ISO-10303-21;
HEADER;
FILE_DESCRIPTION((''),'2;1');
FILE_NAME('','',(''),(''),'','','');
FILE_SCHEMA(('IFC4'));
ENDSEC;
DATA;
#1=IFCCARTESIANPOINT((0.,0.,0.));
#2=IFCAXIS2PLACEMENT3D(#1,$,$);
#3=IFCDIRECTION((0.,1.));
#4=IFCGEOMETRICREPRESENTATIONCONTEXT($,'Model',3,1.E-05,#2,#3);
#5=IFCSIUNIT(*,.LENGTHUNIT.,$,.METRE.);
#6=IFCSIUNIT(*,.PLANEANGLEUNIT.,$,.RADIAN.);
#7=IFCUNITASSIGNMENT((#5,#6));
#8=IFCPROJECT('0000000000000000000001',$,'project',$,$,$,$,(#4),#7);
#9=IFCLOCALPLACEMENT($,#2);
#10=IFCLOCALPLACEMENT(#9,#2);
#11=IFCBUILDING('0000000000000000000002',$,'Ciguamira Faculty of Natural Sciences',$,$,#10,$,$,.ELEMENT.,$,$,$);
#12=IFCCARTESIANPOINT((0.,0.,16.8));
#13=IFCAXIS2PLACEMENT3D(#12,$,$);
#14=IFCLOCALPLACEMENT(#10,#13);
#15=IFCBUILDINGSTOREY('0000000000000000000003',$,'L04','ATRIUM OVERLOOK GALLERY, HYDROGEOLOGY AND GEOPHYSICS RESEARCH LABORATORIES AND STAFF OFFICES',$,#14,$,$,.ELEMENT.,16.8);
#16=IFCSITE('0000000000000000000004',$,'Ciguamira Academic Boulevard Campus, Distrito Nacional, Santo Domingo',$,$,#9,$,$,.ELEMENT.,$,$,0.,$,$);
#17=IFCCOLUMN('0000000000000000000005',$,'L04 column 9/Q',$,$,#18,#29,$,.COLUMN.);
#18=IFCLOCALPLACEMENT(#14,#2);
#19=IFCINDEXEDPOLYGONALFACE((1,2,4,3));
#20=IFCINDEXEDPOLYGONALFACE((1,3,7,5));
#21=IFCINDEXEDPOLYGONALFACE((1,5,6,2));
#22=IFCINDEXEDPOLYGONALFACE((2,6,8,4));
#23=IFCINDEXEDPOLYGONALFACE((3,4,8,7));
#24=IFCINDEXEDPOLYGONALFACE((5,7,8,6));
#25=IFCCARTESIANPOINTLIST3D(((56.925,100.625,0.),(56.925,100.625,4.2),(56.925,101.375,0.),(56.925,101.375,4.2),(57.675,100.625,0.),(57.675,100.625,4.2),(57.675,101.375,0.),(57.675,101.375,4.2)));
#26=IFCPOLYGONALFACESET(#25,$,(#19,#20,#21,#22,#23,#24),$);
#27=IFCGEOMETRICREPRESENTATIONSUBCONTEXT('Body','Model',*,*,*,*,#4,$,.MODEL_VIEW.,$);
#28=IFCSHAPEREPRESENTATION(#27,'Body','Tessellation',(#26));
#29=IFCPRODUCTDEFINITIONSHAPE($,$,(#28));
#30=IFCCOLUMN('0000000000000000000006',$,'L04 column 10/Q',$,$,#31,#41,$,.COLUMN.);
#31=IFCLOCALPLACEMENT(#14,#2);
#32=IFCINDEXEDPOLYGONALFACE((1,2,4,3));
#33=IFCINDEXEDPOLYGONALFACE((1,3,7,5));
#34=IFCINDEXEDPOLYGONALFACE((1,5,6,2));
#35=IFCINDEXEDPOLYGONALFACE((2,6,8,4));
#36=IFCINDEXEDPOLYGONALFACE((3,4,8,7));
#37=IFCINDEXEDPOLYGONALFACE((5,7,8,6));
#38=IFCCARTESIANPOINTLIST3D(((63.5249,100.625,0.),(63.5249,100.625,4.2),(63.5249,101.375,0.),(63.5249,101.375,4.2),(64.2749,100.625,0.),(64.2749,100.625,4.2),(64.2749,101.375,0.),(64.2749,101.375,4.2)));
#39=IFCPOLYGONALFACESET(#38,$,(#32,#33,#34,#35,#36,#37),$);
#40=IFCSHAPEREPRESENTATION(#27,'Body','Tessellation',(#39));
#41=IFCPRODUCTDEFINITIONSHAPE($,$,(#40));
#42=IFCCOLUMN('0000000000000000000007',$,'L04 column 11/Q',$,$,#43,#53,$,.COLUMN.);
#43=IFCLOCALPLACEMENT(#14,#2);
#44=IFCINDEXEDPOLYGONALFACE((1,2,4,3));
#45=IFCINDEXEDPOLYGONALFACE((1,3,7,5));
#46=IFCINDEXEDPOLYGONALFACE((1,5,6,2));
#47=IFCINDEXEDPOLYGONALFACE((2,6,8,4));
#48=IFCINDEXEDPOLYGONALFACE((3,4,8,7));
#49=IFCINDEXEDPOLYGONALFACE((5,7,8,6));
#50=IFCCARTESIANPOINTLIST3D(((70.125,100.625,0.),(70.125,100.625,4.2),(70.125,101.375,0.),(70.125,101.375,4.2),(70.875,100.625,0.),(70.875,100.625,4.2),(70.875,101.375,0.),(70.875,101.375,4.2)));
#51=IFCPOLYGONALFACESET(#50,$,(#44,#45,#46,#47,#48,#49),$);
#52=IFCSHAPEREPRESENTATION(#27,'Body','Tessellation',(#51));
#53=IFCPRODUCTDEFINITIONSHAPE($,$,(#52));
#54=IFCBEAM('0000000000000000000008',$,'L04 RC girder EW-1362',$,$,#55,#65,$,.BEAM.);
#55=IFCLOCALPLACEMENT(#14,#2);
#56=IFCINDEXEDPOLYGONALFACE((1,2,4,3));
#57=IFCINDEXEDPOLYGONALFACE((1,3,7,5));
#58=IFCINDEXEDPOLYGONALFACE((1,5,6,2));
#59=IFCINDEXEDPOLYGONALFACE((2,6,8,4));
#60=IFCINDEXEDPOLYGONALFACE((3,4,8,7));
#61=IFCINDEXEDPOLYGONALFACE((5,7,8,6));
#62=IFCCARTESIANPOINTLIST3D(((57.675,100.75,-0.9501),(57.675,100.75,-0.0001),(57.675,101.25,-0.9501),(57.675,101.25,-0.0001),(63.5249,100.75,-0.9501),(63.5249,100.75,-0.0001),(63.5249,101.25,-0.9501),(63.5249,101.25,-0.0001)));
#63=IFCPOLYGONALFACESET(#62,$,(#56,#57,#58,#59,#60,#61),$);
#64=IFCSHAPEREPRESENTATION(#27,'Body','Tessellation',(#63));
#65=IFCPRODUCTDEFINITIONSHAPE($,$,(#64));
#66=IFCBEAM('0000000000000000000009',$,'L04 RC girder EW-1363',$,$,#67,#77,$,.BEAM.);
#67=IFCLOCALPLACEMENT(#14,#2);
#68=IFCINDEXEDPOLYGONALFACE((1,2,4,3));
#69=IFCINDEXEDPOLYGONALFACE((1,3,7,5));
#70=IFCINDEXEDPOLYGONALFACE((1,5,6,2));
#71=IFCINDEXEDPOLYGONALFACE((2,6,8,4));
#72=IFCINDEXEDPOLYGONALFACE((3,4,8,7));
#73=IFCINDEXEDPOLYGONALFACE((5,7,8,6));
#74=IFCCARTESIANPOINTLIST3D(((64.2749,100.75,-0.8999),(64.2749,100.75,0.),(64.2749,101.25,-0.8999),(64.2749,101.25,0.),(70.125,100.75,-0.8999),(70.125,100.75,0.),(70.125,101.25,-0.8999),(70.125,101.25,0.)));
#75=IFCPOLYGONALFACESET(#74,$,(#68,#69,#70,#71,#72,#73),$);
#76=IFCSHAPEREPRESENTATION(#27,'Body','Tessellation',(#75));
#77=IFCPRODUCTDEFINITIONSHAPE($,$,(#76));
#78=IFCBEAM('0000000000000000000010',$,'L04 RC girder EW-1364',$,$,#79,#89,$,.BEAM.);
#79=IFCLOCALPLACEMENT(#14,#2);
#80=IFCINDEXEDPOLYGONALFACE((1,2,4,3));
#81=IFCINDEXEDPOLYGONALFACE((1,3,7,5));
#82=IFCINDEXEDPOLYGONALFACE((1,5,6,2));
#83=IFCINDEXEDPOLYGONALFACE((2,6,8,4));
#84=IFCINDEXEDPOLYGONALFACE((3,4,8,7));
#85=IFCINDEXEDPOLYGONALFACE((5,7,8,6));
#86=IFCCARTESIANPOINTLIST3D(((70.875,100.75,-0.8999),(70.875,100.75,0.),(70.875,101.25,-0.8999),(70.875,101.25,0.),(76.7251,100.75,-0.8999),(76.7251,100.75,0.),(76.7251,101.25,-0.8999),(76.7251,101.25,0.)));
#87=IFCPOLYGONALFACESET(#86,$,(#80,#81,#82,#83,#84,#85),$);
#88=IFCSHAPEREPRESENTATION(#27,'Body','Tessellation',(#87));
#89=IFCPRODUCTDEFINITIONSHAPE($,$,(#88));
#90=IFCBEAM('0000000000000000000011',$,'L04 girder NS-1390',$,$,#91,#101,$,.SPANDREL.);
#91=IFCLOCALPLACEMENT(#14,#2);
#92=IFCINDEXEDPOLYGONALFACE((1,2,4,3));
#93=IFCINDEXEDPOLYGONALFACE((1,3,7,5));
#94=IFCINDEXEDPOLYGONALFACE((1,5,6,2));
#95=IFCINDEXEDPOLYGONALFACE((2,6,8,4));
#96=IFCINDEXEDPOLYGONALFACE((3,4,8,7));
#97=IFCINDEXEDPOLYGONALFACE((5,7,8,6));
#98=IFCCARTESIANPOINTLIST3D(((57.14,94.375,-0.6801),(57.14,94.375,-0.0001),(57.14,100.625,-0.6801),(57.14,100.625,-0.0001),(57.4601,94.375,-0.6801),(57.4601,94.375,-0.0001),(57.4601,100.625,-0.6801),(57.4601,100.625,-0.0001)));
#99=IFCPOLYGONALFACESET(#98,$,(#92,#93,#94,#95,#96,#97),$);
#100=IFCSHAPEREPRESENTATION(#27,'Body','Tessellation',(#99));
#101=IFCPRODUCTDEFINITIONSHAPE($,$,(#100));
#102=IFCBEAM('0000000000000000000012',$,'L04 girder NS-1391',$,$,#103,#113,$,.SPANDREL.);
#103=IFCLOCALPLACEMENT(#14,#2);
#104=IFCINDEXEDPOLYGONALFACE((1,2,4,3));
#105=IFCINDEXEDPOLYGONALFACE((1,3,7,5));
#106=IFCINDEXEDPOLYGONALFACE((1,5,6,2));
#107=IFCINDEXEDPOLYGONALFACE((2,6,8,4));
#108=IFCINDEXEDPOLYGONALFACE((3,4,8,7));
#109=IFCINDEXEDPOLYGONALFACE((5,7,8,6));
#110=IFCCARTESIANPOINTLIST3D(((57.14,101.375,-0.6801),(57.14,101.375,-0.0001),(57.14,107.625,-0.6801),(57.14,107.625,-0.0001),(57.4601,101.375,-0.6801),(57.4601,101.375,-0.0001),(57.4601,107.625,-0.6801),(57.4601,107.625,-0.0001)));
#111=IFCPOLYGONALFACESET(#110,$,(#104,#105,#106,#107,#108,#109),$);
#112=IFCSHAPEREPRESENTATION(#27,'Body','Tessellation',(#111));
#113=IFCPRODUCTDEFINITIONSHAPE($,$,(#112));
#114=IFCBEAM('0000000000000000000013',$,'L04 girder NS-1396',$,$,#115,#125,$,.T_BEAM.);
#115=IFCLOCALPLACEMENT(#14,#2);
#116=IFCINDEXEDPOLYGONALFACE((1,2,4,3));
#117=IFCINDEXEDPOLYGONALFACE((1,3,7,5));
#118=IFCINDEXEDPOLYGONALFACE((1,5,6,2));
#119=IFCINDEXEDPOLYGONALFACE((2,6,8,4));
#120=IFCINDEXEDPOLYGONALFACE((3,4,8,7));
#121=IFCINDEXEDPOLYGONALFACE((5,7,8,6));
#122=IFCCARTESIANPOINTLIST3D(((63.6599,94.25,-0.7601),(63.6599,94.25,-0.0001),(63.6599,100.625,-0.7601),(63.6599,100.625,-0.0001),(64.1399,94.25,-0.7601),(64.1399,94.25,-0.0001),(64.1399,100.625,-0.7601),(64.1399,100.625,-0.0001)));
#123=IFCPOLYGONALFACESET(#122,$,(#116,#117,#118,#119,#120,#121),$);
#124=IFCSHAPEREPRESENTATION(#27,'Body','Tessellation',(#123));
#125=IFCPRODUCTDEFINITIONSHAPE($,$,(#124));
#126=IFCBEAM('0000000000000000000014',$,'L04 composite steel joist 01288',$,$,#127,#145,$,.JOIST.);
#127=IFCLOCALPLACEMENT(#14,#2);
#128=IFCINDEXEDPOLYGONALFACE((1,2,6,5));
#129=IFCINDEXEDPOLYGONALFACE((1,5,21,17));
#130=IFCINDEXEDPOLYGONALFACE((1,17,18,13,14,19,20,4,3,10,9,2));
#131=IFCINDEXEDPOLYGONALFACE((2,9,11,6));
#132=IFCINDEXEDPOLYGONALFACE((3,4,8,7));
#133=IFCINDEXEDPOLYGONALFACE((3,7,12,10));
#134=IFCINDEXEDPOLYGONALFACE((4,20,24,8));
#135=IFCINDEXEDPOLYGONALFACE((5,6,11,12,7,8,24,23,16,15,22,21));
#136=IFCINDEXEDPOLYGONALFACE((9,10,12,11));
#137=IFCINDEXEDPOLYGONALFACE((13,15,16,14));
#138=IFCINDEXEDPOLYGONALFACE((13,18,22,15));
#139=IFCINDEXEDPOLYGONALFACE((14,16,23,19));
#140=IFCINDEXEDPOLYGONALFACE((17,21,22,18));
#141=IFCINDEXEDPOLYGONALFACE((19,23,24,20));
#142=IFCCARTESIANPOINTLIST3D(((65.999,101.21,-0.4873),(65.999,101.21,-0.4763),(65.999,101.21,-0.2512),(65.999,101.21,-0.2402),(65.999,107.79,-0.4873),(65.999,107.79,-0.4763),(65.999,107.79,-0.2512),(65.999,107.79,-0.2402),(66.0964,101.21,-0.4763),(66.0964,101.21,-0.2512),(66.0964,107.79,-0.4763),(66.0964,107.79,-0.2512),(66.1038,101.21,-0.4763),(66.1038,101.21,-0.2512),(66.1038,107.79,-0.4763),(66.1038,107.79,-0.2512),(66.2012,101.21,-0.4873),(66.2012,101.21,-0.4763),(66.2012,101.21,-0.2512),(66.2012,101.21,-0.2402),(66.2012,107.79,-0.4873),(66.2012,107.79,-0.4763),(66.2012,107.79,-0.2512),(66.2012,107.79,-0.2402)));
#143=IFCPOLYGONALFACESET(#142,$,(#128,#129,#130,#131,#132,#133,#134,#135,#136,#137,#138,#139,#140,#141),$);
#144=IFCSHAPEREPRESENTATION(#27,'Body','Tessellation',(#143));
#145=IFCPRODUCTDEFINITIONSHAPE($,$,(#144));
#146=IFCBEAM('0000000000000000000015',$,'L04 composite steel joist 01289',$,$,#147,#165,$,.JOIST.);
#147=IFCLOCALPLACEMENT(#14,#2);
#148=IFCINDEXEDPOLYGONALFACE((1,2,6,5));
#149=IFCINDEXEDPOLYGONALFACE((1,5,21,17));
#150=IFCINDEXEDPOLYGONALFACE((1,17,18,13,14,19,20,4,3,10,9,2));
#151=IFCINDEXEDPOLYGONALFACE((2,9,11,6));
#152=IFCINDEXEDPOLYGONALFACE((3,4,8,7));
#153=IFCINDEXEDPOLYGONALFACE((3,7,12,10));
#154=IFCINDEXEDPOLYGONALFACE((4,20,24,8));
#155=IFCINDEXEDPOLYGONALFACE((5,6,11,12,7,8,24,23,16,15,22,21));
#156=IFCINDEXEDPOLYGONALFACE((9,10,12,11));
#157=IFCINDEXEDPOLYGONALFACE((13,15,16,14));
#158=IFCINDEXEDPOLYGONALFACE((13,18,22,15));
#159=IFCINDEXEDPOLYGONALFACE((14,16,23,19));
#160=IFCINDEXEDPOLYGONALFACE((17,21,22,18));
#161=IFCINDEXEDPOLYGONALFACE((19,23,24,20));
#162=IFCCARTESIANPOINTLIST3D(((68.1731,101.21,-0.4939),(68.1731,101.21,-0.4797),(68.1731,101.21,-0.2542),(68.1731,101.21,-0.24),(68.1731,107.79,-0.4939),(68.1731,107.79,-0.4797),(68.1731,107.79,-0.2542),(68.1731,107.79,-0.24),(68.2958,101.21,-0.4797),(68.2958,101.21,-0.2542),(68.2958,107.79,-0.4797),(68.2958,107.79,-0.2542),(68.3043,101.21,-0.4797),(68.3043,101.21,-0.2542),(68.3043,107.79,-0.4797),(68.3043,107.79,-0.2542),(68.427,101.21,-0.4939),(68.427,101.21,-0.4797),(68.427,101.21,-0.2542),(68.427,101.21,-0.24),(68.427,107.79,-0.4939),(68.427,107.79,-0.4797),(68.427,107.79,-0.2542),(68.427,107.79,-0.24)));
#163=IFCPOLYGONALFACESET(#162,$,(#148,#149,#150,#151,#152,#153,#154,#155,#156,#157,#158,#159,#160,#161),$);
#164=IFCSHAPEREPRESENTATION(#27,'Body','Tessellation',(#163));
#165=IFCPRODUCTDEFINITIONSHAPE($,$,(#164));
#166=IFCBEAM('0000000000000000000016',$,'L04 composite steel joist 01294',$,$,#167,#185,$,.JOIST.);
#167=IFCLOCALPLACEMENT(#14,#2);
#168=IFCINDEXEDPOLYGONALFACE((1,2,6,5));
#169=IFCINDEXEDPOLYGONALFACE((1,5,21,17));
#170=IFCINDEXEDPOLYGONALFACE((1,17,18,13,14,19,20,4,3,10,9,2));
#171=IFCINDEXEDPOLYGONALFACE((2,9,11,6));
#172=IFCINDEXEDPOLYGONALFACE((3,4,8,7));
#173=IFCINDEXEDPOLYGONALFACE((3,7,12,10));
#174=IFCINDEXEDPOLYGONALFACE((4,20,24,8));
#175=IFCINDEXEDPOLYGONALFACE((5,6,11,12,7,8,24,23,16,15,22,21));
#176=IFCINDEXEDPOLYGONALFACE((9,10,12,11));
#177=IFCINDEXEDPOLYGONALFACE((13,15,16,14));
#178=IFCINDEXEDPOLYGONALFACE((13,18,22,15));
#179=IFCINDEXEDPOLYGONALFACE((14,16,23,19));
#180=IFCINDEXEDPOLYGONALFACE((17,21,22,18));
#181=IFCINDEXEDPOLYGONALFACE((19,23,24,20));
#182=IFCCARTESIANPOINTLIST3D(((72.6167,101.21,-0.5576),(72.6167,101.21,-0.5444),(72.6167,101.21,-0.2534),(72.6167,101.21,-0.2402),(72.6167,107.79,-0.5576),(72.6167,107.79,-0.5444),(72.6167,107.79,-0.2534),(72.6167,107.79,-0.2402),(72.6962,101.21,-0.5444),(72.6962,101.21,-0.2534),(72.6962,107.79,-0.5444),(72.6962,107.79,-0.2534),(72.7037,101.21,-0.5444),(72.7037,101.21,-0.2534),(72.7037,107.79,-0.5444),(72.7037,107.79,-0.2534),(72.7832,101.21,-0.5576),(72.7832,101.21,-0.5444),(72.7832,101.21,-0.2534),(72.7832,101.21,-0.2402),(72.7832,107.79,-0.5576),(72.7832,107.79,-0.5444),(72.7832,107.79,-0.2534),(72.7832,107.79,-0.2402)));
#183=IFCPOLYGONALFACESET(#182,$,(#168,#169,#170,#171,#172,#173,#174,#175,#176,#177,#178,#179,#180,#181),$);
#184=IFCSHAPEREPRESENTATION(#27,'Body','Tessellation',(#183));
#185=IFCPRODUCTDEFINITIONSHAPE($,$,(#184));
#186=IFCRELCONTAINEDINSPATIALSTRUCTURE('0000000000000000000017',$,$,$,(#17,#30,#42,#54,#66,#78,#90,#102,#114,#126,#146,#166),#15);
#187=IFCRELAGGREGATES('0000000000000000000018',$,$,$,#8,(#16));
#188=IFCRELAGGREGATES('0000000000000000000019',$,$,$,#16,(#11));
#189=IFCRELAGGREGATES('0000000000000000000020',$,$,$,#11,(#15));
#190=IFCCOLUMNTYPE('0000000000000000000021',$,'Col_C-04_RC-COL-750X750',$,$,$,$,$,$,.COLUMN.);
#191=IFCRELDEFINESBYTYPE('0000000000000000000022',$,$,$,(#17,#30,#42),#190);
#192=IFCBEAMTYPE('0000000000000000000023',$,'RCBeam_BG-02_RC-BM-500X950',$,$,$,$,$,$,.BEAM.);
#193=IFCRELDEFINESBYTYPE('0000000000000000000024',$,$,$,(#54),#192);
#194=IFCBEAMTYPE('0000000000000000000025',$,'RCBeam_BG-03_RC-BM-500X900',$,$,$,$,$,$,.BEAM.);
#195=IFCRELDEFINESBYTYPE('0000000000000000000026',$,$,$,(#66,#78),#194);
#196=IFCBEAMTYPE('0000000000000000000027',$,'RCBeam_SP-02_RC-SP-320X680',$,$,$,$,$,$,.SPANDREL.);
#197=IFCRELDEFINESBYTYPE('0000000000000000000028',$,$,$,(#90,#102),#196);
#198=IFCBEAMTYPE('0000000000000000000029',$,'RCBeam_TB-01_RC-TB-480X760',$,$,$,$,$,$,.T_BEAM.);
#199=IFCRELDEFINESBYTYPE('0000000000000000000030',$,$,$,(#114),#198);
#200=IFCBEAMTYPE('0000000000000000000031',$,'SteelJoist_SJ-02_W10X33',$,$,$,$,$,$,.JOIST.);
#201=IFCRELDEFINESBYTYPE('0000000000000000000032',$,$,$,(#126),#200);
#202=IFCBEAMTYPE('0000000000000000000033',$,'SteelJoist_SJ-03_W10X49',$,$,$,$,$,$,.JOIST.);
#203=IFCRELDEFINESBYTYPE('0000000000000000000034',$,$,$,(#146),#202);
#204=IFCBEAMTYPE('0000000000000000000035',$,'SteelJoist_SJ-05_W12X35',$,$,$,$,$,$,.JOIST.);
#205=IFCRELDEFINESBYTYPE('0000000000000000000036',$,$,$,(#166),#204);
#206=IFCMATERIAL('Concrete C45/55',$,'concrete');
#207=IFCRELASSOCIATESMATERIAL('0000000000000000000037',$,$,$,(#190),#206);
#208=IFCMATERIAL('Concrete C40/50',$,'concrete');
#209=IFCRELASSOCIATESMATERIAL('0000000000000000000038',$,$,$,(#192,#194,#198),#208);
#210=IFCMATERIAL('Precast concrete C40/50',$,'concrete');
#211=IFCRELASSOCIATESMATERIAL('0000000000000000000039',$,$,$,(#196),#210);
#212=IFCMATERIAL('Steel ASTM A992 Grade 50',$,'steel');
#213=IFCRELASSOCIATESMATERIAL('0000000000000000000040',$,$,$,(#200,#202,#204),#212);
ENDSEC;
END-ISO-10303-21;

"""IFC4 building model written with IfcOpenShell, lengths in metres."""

from ifc_helpers import new_model, si_unit, direction, frame, origin, origin_2d, place, context, subcontext, project, spatial, rectangle, i_section, extrude, material, material_profile, profile_set, type_object, element, save


model = new_model("IFC4")

# Units and contexts
model_context = context("Model", 3, precision=1e-05, world=origin(), true_north=direction((0.0, 1.0)))
body_context = subcontext(model_context, "Body", "Model", "MODEL_VIEW")
ifc_project = project(units=[si_unit("LENGTHUNIT", "METRE"), si_unit("PLANEANGLEUNIT", "RADIAN")], contexts=[model_context])

# Site, building, storey
site_placement = place(None, origin())
site = spatial("IfcSite", under=ifc_project, at=site_placement, Name="Ciguamira Academic Boulevard Campus, Distrito Nacional, Santo Domingo", CompositionType="ELEMENT", RefElevation=0.0)
building_placement = place(site_placement, origin())
building = spatial("IfcBuilding", under=site, at=building_placement, Name="Ciguamira Faculty of Natural Sciences", CompositionType="ELEMENT")
storey_placement = place(building_placement, frame((0.0, 0.0, 16.8)))
storey = spatial("IfcBuildingStorey", under=building, at=storey_placement, Name="L04", Description="ATRIUM OVERLOOK GALLERY, HYDROGEOLOGY AND GEOPHYSICS RESEARCH LABORATORIES AND STAFF OFFICES", CompositionType="ELEMENT", Elevation=16.8)

# Columns
ifc_material_1 = material(Name="Concrete C45/55", Category="concrete")
ifc_material_profile_1 = material_profile(ifc_material_1, rectangle(XDim=0.75, YDim=0.75, at=origin_2d()), Name="RC-COL-750X750")
ifc_profile_set_1 = profile_set([ifc_material_profile_1], Name="Concrete C45/55")
column_type = type_object("IfcColumnType", Name="Col_C-04_RC-COL-750X750", PredefinedType="COLUMN", material=ifc_profile_set_1)
for number, where, z_axis, x_axis, name in (
    (1, (57.3, 101.0, 0.0), (0.0, 0.0, 1.0), (1.0, 0.0, 0.0), "L04 column 9/Q"),
    (2, (63.8999, 101.0, 0.0), (0.0, 0.0, 1.0), (1.0, 0.0, 0.0), "L04 column 10/Q"),
    (3, (70.5, 101.0, 0.0), (0.0, 0.0, 1.0), (1.0, 0.0, 0.0), "L04 column 11/Q"),
):
    element("IfcColumn", number, at=place(storey_placement, frame(where, z_axis=z_axis, x_axis=x_axis)), inside=storey, type_object=column_type, Name=name, PredefinedType="COLUMN", context=body_context, shape_type="SweptSolid", body=[
        extrude(rectangle(XDim=0.75, YDim=0.75, at=origin_2d()), origin(), (0.0, 0.0, 1.0), 4.2),
    ])

# Beams
ifc_material_2 = material(Name="Concrete C40/50", Category="concrete")
ifc_material_profile_2 = material_profile(ifc_material_2, rectangle(XDim=0.5, YDim=0.95, at=origin_2d()), Name="RC-BM-500X950")
ifc_profile_set_2 = profile_set([ifc_material_profile_2], Name="Concrete C40/50")
beam_type_1 = type_object("IfcBeamType", Name="RCBeam_BG-02_RC-BM-500X950", PredefinedType="BEAM", material=ifc_profile_set_2)
beam_1_placement = place(storey_placement, frame((57.675, 101.0, -0.4751), z_axis=(1.0, 0.0, 0.0), x_axis=(0.0, 1.0, 0.0)))
element("IfcBeam", 4, at=beam_1_placement, inside=storey, type_object=beam_type_1, Name="L04 RC girder EW-1362", PredefinedType="BEAM", context=body_context, shape_type="SweptSolid", body=[
    extrude(rectangle(XDim=0.5, YDim=0.95, at=origin_2d()), origin(), (0.0, 0.0, 1.0), 5.8499),
])
ifc_material_profile_3 = material_profile(ifc_material_2, rectangle(XDim=0.5, YDim=0.8999, at=origin_2d()), Name="RC-BM-500X900")
ifc_profile_set_3 = profile_set([ifc_material_profile_3], Name="Concrete C40/50")
beam_type_2 = type_object("IfcBeamType", Name="RCBeam_BG-03_RC-BM-500X900", PredefinedType="BEAM", material=ifc_profile_set_3)
for number, where, z_axis, x_axis, name in (
    (5, (64.2749, 101.0, -0.45), (1.0, 0.0, 0.0), (0.0, 1.0, 0.0), "L04 RC girder EW-1363"),
    (6, (70.875, 101.0, -0.45), (1.0, 0.0, 0.0), (0.0, 1.0, 0.0), "L04 RC girder EW-1364"),
):
    element("IfcBeam", number, at=place(storey_placement, frame(where, z_axis=z_axis, x_axis=x_axis)), inside=storey, type_object=beam_type_2, Name=name, PredefinedType="BEAM", context=body_context, shape_type="SweptSolid", body=[
        extrude(rectangle(XDim=0.5, YDim=0.8999, at=origin_2d()), origin(), (0.0, 0.0, 1.0), 5.8501),
    ])
ifc_material_3 = material(Name="Precast concrete C40/50", Category="concrete")
ifc_material_profile_4 = material_profile(ifc_material_3, rectangle(XDim=0.3201, YDim=0.6799, at=origin_2d()), Name="RC-SP-320X680")
ifc_profile_set_4 = profile_set([ifc_material_profile_4], Name="Precast concrete C40/50")
beam_type_3 = type_object("IfcBeamType", Name="RCBeam_SP-02_RC-SP-320X680", PredefinedType="SPANDREL", material=ifc_profile_set_4)
for number, where, z_axis, x_axis, name in (
    (7, (57.3, 94.375, -0.3401), (0.0, 1.0, 0.0), (-1.0, 0.0, 0.0), "L04 girder NS-1390"),
    (8, (57.3, 101.375, -0.3401), (0.0, 1.0, 0.0), (-1.0, 0.0, 0.0), "L04 girder NS-1391"),
):
    element("IfcBeam", number, at=place(storey_placement, frame(where, z_axis=z_axis, x_axis=x_axis)), inside=storey, type_object=beam_type_3, Name=name, PredefinedType="SPANDREL", context=body_context, shape_type="SweptSolid", body=[
        extrude(rectangle(XDim=0.3201, YDim=0.6799, at=origin_2d()), origin(), (0.0, 0.0, 1.0), 6.25),
    ])
ifc_material_profile_5 = material_profile(ifc_material_2, rectangle(XDim=0.48, YDim=0.76, at=origin_2d()), Name="RC-TB-480X760")
ifc_profile_set_5 = profile_set([ifc_material_profile_5], Name="Concrete C40/50")
beam_type_4 = type_object("IfcBeamType", Name="RCBeam_TB-01_RC-TB-480X760", PredefinedType="T_BEAM", material=ifc_profile_set_5)
beam_2_placement = place(storey_placement, frame((63.8999, 94.25, -0.3801), z_axis=(0.0, 1.0, 0.0), x_axis=(-1.0, 0.0, 0.0)))
element("IfcBeam", 9, at=beam_2_placement, inside=storey, type_object=beam_type_4, Name="L04 girder NS-1396", PredefinedType="T_BEAM", context=body_context, shape_type="SweptSolid", body=[
    extrude(rectangle(XDim=0.48, YDim=0.76, at=origin_2d()), origin(), (0.0, 0.0, 1.0), 6.375),
])
ifc_material_4 = material(Name="Steel ASTM A992 Grade 50", Category="steel")
ifc_material_profile_6 = material_profile(ifc_material_4, i_section(OverallWidth=0.2021, OverallDepth=0.2471, WebThickness=0.0073, FlangeThickness=0.011, at=origin_2d()), Name="W10X33")
ifc_profile_set_6 = profile_set([ifc_material_profile_6], Name="Steel ASTM A992 Grade 50")
beam_type_5 = type_object("IfcBeamType", Name="SteelJoist_SJ-02_W10X33", PredefinedType="JOIST", material=ifc_profile_set_6)
beam_3_placement = place(storey_placement, frame((66.1001, 101.21, -0.3638), z_axis=(0.0, 1.0, 0.0), x_axis=(-1.0, 0.0, 0.0)))
element("IfcBeam", 10, at=beam_3_placement, inside=storey, type_object=beam_type_5, Name="L04 composite steel joist 01288", PredefinedType="JOIST", context=body_context, shape_type="SweptSolid", body=[
    extrude(i_section(OverallWidth=0.2021, OverallDepth=0.2471, WebThickness=0.0073, FlangeThickness=0.011, at=origin_2d()), origin(), (0.0, 0.0, 1.0), 6.5801),
])
ifc_material_profile_7 = material_profile(ifc_material_4, i_section(OverallWidth=0.2539, OverallDepth=0.2539, WebThickness=0.0085, FlangeThickness=0.0142, at=origin_2d()), Name="W10X49")
ifc_profile_set_7 = profile_set([ifc_material_profile_7], Name="Steel ASTM A992 Grade 50")
beam_type_6 = type_object("IfcBeamType", Name="SteelJoist_SJ-03_W10X49", PredefinedType="JOIST", material=ifc_profile_set_7)
beam_4_placement = place(storey_placement, frame((68.3, 101.21, -0.3669), z_axis=(0.0, 1.0, 0.0), x_axis=(-1.0, 0.0, 0.0)))
element("IfcBeam", 11, at=beam_4_placement, inside=storey, type_object=beam_type_6, Name="L04 composite steel joist 01289", PredefinedType="JOIST", context=body_context, shape_type="SweptSolid", body=[
    extrude(i_section(OverallWidth=0.2539, OverallDepth=0.2539, WebThickness=0.0085, FlangeThickness=0.0142, at=origin_2d()), origin(), (0.0, 0.0, 1.0), 6.5801),
])
ifc_material_profile_8 = material_profile(ifc_material_4, i_section(OverallWidth=0.1665, OverallDepth=0.3174, WebThickness=0.0076, FlangeThickness=0.0132, at=origin_2d()), Name="W12X35")
ifc_profile_set_8 = profile_set([ifc_material_profile_8], Name="Steel ASTM A992 Grade 50")
beam_type_7 = type_object("IfcBeamType", Name="SteelJoist_SJ-05_W12X35", PredefinedType="JOIST", material=ifc_profile_set_8)
beam_5_placement = place(storey_placement, frame((72.7, 101.21, -0.3989), z_axis=(0.0, 1.0, 0.0), x_axis=(-1.0, 0.0, 0.0)))
element("IfcBeam", 12, at=beam_5_placement, inside=storey, type_object=beam_type_7, Name="L04 composite steel joist 01294", PredefinedType="JOIST", context=body_context, shape_type="SweptSolid", body=[
    extrude(i_section(OverallWidth=0.1665, OverallDepth=0.3174, WebThickness=0.0076, FlangeThickness=0.0132, at=origin_2d()), origin(), (0.0, 0.0, 1.0), 6.5801),
])

save(model, "model.ifc")
